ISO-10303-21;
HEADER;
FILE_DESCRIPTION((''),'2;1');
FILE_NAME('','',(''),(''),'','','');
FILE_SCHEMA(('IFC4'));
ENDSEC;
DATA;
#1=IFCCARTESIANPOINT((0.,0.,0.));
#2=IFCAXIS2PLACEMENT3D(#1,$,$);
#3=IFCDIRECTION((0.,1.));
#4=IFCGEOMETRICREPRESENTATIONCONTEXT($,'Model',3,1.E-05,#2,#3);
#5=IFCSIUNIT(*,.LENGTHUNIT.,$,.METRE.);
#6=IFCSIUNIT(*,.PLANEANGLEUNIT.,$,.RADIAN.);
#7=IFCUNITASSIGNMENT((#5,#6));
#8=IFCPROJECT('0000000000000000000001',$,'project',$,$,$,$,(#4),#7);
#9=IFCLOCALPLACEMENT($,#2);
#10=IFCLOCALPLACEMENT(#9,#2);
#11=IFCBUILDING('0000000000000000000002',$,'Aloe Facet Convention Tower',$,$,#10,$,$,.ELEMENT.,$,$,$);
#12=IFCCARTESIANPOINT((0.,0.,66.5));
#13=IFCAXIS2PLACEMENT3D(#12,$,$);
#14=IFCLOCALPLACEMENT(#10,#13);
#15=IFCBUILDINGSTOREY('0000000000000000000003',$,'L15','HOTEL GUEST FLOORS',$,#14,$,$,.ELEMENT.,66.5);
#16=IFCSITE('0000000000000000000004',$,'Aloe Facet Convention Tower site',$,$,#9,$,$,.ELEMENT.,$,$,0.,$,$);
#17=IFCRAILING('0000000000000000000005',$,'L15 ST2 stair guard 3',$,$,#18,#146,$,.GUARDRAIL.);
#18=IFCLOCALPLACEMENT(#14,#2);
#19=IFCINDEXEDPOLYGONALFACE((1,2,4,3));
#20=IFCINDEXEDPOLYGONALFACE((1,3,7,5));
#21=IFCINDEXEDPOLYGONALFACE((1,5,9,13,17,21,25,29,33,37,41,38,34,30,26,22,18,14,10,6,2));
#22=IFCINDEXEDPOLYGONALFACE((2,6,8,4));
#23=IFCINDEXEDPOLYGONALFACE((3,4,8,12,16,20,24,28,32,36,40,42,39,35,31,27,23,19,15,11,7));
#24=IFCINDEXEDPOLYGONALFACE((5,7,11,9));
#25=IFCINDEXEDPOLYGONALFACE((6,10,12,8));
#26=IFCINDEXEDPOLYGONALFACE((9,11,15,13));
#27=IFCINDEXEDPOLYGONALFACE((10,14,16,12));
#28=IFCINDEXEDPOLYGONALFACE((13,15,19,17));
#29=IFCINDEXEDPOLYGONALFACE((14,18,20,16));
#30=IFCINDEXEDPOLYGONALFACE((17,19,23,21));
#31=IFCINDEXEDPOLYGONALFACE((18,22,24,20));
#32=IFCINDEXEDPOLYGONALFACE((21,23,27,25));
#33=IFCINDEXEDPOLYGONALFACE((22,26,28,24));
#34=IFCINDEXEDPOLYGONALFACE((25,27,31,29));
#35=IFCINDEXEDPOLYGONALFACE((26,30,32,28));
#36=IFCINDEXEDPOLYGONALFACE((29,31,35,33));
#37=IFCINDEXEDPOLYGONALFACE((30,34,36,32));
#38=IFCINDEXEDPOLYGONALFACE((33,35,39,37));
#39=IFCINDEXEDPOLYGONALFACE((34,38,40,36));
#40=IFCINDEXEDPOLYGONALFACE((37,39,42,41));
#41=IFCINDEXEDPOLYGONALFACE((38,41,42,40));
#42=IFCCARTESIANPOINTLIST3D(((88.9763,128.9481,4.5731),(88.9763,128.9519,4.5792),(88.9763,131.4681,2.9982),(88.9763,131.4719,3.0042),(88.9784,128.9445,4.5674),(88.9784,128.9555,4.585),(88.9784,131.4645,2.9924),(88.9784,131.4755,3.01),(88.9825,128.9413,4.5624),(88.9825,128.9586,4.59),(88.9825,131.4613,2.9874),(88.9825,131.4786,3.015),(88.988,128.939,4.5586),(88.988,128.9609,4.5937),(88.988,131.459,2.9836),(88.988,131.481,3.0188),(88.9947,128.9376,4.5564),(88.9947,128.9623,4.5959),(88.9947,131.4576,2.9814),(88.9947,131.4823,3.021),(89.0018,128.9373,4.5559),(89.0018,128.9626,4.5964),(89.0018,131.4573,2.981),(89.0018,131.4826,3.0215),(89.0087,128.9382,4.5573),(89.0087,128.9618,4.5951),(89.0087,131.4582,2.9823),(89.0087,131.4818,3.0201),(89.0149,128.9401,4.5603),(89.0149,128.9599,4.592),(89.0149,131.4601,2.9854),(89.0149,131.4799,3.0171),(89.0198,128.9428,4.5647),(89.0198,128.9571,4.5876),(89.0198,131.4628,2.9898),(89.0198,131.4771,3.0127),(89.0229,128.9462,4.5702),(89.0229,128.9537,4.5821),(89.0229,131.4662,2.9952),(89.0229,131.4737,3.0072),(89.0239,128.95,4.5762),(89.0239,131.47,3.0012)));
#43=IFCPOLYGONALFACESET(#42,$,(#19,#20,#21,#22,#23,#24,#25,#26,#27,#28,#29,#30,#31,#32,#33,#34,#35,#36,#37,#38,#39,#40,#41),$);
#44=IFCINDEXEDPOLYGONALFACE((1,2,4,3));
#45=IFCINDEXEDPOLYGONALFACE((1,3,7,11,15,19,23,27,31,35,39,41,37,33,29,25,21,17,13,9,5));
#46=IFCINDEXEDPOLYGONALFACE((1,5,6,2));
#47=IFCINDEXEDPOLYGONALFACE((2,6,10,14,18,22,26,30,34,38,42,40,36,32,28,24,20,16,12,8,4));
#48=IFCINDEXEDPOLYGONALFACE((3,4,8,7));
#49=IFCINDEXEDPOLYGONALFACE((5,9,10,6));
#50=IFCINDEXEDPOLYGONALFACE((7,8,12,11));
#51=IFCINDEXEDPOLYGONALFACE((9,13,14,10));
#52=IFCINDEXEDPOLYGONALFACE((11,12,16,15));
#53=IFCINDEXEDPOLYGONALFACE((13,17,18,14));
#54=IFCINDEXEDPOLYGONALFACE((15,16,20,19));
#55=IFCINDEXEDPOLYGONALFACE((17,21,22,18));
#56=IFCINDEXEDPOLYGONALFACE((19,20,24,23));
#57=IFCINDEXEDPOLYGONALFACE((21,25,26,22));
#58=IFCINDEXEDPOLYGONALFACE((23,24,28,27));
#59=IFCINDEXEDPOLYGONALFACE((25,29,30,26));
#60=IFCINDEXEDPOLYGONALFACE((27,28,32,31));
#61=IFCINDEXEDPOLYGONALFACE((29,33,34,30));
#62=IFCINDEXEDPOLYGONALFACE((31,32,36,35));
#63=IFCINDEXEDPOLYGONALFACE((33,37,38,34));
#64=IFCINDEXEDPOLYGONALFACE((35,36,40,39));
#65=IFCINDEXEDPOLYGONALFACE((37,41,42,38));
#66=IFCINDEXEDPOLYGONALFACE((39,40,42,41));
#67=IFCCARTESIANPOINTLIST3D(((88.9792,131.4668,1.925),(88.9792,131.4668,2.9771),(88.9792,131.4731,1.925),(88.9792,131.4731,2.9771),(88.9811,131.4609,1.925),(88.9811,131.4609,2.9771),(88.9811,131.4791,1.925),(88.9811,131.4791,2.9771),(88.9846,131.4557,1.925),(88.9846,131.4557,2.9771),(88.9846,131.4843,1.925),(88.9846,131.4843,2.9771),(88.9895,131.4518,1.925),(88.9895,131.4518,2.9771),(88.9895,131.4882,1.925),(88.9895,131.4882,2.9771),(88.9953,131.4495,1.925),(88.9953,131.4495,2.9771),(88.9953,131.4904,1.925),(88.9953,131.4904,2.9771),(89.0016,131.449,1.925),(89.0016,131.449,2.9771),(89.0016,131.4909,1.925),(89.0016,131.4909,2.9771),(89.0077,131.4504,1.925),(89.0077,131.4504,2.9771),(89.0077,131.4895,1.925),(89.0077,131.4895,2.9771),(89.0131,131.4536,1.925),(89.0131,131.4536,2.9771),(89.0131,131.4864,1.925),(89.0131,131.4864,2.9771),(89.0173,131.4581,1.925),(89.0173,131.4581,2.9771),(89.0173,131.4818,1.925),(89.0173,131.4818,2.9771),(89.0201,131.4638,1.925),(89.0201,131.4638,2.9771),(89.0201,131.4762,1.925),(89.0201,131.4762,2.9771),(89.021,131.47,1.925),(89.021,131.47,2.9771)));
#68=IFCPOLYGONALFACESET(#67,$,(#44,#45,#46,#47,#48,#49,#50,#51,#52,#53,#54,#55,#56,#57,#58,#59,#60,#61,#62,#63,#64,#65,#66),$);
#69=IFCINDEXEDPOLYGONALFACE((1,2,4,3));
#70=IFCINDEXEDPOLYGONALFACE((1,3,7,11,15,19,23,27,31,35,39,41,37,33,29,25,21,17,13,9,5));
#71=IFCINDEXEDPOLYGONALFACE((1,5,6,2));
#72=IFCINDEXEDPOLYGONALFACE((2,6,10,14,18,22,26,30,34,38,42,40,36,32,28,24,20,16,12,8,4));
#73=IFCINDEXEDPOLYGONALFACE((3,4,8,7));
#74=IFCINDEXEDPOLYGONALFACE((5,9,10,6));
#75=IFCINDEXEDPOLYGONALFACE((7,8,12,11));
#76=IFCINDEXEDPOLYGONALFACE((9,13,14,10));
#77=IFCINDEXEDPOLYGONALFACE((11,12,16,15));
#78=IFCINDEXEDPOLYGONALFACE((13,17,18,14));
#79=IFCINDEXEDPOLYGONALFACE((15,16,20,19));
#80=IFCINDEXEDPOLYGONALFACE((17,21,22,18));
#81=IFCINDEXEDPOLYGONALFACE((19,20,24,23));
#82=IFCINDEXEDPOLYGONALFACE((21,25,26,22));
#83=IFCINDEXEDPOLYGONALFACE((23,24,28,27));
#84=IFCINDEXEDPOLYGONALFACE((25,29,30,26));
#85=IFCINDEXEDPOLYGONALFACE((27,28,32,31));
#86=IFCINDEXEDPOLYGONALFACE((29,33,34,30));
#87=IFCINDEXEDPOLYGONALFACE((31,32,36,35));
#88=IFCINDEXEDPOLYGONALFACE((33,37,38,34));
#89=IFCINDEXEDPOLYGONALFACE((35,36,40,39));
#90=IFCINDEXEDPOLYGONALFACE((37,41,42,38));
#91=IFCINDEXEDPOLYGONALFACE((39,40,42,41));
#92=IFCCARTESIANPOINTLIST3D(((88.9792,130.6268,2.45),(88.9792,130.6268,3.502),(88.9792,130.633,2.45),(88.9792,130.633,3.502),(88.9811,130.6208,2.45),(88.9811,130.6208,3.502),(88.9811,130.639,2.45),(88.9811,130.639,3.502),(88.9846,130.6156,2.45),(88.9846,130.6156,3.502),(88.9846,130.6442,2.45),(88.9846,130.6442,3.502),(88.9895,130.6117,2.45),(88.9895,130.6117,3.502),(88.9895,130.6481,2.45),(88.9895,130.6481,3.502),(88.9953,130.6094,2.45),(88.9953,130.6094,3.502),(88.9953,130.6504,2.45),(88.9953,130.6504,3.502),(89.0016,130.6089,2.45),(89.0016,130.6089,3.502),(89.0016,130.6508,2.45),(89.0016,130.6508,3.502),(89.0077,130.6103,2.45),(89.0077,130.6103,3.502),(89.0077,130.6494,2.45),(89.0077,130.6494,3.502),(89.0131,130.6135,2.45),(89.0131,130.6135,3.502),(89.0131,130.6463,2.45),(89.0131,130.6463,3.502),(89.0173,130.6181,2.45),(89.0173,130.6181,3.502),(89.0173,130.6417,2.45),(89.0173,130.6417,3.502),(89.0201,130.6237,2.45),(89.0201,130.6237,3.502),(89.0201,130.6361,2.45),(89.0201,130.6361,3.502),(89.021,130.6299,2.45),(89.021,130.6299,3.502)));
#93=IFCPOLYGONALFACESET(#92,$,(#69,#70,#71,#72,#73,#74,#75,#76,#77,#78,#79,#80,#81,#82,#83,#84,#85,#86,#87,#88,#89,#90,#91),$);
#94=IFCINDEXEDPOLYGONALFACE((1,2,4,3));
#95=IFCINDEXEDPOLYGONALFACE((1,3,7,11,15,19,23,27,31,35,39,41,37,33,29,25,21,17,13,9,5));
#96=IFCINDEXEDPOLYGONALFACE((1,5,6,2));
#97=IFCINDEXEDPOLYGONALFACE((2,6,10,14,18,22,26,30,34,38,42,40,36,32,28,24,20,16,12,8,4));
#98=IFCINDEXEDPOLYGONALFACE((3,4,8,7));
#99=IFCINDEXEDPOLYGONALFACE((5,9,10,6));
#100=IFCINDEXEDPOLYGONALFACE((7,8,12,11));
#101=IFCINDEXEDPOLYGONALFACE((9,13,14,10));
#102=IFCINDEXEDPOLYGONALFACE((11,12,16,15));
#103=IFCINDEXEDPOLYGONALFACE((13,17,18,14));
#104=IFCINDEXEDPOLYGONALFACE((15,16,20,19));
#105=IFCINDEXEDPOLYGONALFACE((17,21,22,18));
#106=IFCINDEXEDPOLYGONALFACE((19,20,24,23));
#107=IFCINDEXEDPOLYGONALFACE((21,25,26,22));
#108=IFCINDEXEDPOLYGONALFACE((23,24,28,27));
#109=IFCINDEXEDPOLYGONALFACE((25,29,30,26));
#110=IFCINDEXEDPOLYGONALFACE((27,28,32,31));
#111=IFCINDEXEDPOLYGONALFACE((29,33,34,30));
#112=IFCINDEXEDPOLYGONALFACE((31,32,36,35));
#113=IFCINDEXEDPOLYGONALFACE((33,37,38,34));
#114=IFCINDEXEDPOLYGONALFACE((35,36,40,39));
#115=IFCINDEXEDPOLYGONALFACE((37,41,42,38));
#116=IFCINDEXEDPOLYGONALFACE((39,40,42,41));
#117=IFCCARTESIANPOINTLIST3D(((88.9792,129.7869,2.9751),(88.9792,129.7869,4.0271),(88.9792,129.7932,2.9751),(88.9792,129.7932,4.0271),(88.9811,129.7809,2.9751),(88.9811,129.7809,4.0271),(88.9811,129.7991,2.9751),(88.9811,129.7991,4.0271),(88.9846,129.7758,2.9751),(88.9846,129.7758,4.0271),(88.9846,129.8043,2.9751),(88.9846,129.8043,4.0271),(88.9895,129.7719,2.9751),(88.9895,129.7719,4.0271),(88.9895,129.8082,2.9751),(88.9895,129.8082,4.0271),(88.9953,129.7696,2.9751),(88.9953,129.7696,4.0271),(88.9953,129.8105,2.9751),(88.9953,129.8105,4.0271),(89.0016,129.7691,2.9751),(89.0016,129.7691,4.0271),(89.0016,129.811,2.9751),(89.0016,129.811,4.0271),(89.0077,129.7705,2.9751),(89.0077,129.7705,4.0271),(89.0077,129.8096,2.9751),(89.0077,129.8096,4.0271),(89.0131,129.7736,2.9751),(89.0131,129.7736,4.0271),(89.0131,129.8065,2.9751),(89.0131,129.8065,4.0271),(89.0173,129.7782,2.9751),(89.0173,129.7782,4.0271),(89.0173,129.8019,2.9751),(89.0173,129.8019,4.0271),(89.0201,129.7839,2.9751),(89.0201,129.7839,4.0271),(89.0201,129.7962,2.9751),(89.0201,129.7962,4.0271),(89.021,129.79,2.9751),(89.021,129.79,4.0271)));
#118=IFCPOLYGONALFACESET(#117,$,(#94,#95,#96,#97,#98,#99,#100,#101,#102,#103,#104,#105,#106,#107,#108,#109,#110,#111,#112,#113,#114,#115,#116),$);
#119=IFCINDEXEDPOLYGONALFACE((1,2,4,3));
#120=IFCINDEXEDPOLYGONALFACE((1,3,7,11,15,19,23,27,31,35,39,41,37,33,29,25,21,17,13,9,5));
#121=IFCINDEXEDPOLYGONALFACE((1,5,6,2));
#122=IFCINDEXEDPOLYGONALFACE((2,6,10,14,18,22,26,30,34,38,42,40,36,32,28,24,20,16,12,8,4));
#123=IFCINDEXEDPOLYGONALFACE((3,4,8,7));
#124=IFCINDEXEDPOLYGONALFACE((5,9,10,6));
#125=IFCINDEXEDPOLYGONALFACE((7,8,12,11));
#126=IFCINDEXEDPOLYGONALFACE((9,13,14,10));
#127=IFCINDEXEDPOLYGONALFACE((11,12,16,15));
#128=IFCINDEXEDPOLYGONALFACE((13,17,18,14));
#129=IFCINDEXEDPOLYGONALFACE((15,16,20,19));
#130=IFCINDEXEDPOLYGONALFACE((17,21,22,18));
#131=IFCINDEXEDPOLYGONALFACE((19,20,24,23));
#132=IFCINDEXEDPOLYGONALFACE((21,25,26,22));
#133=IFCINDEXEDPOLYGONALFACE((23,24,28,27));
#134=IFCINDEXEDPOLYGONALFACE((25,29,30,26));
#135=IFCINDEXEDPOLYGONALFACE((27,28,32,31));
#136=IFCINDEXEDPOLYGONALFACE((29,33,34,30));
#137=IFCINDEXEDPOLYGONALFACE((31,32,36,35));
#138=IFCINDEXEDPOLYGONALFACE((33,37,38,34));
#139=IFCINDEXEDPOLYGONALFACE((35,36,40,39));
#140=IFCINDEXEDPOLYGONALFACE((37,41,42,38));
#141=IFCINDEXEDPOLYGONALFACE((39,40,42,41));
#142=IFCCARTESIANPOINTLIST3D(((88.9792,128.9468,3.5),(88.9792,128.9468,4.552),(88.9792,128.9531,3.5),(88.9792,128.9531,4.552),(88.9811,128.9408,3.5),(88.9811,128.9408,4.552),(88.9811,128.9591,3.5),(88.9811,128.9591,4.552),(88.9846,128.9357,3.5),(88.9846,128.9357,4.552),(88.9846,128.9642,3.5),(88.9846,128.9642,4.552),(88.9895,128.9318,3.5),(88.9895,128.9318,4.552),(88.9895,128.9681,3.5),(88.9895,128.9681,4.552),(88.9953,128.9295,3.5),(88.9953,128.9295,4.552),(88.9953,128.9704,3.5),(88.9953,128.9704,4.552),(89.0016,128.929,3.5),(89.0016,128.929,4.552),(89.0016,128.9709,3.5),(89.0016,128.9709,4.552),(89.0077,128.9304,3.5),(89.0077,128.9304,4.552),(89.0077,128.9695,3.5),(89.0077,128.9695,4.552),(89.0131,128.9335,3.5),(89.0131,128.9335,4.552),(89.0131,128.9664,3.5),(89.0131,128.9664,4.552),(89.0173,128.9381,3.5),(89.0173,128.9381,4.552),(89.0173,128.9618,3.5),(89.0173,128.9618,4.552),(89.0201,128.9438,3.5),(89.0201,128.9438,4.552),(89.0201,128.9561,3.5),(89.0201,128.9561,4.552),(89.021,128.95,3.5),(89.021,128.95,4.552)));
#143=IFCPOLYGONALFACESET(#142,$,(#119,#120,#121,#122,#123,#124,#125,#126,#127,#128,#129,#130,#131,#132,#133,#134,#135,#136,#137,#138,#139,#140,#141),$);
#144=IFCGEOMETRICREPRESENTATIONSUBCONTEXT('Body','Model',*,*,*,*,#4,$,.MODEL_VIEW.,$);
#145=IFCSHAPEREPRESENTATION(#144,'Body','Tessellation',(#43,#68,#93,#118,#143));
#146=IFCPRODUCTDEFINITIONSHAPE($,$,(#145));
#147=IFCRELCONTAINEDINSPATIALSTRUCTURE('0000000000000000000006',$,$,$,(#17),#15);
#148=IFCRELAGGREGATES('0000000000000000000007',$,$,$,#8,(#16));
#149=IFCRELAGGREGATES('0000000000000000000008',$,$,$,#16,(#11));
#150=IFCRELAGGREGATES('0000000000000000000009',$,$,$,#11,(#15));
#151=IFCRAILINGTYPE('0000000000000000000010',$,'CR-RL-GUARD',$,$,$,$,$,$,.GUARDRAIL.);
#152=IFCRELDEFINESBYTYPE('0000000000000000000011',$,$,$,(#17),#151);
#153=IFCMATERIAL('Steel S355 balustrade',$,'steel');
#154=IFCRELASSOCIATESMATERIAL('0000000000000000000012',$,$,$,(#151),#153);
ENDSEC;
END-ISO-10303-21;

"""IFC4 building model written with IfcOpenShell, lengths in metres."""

from ifc_helpers import new_model, si_unit, direction, frame, origin, origin_2d, place, context, subcontext, project, spatial, circle, extrude, material, type_object, element, save


model = new_model("IFC4")

# Units and contexts
model_context = context("Model", 3, precision=1e-05, world=origin(), true_north=direction((0.0, 1.0)))
body_context = subcontext(model_context, "Body", "Model", "MODEL_VIEW")
ifc_project = project(units=[si_unit("LENGTHUNIT", "METRE"), si_unit("PLANEANGLEUNIT", "RADIAN")], contexts=[model_context])

# Site, building, storey
site_placement = place(None, origin())
site = spatial("IfcSite", under=ifc_project, at=site_placement, Name="Aloe Facet Convention Tower site", CompositionType="ELEMENT", RefElevation=0.0)
building_placement = place(site_placement, origin())
building = spatial("IfcBuilding", under=site, at=building_placement, Name="Aloe Facet Convention Tower", CompositionType="ELEMENT")
storey_placement = place(building_placement, frame((0.0, 0.0, 66.5)))
storey = spatial("IfcBuildingStorey", under=building, at=storey_placement, Name="L15", Description="HOTEL GUEST FLOORS", CompositionType="ELEMENT", Elevation=66.5)

# Railing
ifc_material_1 = material(Name="Steel S355 balustrade", Category="steel")
railing_type_1 = type_object("IfcRailingType", Name="CR-RL-GUARD", PredefinedType="GUARDRAIL", material=ifc_material_1)
railing_1_placement = place(storey_placement, frame((89.0, 131.47, 1.925)))
element("IfcRailing", 1, at=railing_1_placement, inside=storey, type_object=railing_type_1, Name="L15 ST2 stair guard 3", PredefinedType="GUARDRAIL", context=body_context, shape_type="SweptSolid", body=[
    extrude(circle(Radius=0.0239, at=origin_2d()), frame((0.0, 0.0, 1.0762), z_axis=(0.0, -0.848008, 0.529984), x_axis=(1.0, 0.0, 0.0)), (0.0, 0.0, 1.0), 2.9717),
    extrude(circle(Radius=0.021, at=origin_2d()), origin(), (0.0, 0.0, 1.0), 1.052),
    extrude(circle(Radius=0.021, at=origin_2d()), frame((0.0, -0.8401, 0.5249)), (0.0, 0.0, 1.0), 1.052),
    extrude(circle(Radius=0.021, at=origin_2d()), frame((0.0, -1.6799, 1.05)), (0.0, 0.0, 1.0), 1.052),
    extrude(circle(Radius=0.021, at=origin_2d()), frame((0.0, -2.52, 1.575)), (0.0, 0.0, 1.0), 1.052),
])

save(model, "model.ifc")
